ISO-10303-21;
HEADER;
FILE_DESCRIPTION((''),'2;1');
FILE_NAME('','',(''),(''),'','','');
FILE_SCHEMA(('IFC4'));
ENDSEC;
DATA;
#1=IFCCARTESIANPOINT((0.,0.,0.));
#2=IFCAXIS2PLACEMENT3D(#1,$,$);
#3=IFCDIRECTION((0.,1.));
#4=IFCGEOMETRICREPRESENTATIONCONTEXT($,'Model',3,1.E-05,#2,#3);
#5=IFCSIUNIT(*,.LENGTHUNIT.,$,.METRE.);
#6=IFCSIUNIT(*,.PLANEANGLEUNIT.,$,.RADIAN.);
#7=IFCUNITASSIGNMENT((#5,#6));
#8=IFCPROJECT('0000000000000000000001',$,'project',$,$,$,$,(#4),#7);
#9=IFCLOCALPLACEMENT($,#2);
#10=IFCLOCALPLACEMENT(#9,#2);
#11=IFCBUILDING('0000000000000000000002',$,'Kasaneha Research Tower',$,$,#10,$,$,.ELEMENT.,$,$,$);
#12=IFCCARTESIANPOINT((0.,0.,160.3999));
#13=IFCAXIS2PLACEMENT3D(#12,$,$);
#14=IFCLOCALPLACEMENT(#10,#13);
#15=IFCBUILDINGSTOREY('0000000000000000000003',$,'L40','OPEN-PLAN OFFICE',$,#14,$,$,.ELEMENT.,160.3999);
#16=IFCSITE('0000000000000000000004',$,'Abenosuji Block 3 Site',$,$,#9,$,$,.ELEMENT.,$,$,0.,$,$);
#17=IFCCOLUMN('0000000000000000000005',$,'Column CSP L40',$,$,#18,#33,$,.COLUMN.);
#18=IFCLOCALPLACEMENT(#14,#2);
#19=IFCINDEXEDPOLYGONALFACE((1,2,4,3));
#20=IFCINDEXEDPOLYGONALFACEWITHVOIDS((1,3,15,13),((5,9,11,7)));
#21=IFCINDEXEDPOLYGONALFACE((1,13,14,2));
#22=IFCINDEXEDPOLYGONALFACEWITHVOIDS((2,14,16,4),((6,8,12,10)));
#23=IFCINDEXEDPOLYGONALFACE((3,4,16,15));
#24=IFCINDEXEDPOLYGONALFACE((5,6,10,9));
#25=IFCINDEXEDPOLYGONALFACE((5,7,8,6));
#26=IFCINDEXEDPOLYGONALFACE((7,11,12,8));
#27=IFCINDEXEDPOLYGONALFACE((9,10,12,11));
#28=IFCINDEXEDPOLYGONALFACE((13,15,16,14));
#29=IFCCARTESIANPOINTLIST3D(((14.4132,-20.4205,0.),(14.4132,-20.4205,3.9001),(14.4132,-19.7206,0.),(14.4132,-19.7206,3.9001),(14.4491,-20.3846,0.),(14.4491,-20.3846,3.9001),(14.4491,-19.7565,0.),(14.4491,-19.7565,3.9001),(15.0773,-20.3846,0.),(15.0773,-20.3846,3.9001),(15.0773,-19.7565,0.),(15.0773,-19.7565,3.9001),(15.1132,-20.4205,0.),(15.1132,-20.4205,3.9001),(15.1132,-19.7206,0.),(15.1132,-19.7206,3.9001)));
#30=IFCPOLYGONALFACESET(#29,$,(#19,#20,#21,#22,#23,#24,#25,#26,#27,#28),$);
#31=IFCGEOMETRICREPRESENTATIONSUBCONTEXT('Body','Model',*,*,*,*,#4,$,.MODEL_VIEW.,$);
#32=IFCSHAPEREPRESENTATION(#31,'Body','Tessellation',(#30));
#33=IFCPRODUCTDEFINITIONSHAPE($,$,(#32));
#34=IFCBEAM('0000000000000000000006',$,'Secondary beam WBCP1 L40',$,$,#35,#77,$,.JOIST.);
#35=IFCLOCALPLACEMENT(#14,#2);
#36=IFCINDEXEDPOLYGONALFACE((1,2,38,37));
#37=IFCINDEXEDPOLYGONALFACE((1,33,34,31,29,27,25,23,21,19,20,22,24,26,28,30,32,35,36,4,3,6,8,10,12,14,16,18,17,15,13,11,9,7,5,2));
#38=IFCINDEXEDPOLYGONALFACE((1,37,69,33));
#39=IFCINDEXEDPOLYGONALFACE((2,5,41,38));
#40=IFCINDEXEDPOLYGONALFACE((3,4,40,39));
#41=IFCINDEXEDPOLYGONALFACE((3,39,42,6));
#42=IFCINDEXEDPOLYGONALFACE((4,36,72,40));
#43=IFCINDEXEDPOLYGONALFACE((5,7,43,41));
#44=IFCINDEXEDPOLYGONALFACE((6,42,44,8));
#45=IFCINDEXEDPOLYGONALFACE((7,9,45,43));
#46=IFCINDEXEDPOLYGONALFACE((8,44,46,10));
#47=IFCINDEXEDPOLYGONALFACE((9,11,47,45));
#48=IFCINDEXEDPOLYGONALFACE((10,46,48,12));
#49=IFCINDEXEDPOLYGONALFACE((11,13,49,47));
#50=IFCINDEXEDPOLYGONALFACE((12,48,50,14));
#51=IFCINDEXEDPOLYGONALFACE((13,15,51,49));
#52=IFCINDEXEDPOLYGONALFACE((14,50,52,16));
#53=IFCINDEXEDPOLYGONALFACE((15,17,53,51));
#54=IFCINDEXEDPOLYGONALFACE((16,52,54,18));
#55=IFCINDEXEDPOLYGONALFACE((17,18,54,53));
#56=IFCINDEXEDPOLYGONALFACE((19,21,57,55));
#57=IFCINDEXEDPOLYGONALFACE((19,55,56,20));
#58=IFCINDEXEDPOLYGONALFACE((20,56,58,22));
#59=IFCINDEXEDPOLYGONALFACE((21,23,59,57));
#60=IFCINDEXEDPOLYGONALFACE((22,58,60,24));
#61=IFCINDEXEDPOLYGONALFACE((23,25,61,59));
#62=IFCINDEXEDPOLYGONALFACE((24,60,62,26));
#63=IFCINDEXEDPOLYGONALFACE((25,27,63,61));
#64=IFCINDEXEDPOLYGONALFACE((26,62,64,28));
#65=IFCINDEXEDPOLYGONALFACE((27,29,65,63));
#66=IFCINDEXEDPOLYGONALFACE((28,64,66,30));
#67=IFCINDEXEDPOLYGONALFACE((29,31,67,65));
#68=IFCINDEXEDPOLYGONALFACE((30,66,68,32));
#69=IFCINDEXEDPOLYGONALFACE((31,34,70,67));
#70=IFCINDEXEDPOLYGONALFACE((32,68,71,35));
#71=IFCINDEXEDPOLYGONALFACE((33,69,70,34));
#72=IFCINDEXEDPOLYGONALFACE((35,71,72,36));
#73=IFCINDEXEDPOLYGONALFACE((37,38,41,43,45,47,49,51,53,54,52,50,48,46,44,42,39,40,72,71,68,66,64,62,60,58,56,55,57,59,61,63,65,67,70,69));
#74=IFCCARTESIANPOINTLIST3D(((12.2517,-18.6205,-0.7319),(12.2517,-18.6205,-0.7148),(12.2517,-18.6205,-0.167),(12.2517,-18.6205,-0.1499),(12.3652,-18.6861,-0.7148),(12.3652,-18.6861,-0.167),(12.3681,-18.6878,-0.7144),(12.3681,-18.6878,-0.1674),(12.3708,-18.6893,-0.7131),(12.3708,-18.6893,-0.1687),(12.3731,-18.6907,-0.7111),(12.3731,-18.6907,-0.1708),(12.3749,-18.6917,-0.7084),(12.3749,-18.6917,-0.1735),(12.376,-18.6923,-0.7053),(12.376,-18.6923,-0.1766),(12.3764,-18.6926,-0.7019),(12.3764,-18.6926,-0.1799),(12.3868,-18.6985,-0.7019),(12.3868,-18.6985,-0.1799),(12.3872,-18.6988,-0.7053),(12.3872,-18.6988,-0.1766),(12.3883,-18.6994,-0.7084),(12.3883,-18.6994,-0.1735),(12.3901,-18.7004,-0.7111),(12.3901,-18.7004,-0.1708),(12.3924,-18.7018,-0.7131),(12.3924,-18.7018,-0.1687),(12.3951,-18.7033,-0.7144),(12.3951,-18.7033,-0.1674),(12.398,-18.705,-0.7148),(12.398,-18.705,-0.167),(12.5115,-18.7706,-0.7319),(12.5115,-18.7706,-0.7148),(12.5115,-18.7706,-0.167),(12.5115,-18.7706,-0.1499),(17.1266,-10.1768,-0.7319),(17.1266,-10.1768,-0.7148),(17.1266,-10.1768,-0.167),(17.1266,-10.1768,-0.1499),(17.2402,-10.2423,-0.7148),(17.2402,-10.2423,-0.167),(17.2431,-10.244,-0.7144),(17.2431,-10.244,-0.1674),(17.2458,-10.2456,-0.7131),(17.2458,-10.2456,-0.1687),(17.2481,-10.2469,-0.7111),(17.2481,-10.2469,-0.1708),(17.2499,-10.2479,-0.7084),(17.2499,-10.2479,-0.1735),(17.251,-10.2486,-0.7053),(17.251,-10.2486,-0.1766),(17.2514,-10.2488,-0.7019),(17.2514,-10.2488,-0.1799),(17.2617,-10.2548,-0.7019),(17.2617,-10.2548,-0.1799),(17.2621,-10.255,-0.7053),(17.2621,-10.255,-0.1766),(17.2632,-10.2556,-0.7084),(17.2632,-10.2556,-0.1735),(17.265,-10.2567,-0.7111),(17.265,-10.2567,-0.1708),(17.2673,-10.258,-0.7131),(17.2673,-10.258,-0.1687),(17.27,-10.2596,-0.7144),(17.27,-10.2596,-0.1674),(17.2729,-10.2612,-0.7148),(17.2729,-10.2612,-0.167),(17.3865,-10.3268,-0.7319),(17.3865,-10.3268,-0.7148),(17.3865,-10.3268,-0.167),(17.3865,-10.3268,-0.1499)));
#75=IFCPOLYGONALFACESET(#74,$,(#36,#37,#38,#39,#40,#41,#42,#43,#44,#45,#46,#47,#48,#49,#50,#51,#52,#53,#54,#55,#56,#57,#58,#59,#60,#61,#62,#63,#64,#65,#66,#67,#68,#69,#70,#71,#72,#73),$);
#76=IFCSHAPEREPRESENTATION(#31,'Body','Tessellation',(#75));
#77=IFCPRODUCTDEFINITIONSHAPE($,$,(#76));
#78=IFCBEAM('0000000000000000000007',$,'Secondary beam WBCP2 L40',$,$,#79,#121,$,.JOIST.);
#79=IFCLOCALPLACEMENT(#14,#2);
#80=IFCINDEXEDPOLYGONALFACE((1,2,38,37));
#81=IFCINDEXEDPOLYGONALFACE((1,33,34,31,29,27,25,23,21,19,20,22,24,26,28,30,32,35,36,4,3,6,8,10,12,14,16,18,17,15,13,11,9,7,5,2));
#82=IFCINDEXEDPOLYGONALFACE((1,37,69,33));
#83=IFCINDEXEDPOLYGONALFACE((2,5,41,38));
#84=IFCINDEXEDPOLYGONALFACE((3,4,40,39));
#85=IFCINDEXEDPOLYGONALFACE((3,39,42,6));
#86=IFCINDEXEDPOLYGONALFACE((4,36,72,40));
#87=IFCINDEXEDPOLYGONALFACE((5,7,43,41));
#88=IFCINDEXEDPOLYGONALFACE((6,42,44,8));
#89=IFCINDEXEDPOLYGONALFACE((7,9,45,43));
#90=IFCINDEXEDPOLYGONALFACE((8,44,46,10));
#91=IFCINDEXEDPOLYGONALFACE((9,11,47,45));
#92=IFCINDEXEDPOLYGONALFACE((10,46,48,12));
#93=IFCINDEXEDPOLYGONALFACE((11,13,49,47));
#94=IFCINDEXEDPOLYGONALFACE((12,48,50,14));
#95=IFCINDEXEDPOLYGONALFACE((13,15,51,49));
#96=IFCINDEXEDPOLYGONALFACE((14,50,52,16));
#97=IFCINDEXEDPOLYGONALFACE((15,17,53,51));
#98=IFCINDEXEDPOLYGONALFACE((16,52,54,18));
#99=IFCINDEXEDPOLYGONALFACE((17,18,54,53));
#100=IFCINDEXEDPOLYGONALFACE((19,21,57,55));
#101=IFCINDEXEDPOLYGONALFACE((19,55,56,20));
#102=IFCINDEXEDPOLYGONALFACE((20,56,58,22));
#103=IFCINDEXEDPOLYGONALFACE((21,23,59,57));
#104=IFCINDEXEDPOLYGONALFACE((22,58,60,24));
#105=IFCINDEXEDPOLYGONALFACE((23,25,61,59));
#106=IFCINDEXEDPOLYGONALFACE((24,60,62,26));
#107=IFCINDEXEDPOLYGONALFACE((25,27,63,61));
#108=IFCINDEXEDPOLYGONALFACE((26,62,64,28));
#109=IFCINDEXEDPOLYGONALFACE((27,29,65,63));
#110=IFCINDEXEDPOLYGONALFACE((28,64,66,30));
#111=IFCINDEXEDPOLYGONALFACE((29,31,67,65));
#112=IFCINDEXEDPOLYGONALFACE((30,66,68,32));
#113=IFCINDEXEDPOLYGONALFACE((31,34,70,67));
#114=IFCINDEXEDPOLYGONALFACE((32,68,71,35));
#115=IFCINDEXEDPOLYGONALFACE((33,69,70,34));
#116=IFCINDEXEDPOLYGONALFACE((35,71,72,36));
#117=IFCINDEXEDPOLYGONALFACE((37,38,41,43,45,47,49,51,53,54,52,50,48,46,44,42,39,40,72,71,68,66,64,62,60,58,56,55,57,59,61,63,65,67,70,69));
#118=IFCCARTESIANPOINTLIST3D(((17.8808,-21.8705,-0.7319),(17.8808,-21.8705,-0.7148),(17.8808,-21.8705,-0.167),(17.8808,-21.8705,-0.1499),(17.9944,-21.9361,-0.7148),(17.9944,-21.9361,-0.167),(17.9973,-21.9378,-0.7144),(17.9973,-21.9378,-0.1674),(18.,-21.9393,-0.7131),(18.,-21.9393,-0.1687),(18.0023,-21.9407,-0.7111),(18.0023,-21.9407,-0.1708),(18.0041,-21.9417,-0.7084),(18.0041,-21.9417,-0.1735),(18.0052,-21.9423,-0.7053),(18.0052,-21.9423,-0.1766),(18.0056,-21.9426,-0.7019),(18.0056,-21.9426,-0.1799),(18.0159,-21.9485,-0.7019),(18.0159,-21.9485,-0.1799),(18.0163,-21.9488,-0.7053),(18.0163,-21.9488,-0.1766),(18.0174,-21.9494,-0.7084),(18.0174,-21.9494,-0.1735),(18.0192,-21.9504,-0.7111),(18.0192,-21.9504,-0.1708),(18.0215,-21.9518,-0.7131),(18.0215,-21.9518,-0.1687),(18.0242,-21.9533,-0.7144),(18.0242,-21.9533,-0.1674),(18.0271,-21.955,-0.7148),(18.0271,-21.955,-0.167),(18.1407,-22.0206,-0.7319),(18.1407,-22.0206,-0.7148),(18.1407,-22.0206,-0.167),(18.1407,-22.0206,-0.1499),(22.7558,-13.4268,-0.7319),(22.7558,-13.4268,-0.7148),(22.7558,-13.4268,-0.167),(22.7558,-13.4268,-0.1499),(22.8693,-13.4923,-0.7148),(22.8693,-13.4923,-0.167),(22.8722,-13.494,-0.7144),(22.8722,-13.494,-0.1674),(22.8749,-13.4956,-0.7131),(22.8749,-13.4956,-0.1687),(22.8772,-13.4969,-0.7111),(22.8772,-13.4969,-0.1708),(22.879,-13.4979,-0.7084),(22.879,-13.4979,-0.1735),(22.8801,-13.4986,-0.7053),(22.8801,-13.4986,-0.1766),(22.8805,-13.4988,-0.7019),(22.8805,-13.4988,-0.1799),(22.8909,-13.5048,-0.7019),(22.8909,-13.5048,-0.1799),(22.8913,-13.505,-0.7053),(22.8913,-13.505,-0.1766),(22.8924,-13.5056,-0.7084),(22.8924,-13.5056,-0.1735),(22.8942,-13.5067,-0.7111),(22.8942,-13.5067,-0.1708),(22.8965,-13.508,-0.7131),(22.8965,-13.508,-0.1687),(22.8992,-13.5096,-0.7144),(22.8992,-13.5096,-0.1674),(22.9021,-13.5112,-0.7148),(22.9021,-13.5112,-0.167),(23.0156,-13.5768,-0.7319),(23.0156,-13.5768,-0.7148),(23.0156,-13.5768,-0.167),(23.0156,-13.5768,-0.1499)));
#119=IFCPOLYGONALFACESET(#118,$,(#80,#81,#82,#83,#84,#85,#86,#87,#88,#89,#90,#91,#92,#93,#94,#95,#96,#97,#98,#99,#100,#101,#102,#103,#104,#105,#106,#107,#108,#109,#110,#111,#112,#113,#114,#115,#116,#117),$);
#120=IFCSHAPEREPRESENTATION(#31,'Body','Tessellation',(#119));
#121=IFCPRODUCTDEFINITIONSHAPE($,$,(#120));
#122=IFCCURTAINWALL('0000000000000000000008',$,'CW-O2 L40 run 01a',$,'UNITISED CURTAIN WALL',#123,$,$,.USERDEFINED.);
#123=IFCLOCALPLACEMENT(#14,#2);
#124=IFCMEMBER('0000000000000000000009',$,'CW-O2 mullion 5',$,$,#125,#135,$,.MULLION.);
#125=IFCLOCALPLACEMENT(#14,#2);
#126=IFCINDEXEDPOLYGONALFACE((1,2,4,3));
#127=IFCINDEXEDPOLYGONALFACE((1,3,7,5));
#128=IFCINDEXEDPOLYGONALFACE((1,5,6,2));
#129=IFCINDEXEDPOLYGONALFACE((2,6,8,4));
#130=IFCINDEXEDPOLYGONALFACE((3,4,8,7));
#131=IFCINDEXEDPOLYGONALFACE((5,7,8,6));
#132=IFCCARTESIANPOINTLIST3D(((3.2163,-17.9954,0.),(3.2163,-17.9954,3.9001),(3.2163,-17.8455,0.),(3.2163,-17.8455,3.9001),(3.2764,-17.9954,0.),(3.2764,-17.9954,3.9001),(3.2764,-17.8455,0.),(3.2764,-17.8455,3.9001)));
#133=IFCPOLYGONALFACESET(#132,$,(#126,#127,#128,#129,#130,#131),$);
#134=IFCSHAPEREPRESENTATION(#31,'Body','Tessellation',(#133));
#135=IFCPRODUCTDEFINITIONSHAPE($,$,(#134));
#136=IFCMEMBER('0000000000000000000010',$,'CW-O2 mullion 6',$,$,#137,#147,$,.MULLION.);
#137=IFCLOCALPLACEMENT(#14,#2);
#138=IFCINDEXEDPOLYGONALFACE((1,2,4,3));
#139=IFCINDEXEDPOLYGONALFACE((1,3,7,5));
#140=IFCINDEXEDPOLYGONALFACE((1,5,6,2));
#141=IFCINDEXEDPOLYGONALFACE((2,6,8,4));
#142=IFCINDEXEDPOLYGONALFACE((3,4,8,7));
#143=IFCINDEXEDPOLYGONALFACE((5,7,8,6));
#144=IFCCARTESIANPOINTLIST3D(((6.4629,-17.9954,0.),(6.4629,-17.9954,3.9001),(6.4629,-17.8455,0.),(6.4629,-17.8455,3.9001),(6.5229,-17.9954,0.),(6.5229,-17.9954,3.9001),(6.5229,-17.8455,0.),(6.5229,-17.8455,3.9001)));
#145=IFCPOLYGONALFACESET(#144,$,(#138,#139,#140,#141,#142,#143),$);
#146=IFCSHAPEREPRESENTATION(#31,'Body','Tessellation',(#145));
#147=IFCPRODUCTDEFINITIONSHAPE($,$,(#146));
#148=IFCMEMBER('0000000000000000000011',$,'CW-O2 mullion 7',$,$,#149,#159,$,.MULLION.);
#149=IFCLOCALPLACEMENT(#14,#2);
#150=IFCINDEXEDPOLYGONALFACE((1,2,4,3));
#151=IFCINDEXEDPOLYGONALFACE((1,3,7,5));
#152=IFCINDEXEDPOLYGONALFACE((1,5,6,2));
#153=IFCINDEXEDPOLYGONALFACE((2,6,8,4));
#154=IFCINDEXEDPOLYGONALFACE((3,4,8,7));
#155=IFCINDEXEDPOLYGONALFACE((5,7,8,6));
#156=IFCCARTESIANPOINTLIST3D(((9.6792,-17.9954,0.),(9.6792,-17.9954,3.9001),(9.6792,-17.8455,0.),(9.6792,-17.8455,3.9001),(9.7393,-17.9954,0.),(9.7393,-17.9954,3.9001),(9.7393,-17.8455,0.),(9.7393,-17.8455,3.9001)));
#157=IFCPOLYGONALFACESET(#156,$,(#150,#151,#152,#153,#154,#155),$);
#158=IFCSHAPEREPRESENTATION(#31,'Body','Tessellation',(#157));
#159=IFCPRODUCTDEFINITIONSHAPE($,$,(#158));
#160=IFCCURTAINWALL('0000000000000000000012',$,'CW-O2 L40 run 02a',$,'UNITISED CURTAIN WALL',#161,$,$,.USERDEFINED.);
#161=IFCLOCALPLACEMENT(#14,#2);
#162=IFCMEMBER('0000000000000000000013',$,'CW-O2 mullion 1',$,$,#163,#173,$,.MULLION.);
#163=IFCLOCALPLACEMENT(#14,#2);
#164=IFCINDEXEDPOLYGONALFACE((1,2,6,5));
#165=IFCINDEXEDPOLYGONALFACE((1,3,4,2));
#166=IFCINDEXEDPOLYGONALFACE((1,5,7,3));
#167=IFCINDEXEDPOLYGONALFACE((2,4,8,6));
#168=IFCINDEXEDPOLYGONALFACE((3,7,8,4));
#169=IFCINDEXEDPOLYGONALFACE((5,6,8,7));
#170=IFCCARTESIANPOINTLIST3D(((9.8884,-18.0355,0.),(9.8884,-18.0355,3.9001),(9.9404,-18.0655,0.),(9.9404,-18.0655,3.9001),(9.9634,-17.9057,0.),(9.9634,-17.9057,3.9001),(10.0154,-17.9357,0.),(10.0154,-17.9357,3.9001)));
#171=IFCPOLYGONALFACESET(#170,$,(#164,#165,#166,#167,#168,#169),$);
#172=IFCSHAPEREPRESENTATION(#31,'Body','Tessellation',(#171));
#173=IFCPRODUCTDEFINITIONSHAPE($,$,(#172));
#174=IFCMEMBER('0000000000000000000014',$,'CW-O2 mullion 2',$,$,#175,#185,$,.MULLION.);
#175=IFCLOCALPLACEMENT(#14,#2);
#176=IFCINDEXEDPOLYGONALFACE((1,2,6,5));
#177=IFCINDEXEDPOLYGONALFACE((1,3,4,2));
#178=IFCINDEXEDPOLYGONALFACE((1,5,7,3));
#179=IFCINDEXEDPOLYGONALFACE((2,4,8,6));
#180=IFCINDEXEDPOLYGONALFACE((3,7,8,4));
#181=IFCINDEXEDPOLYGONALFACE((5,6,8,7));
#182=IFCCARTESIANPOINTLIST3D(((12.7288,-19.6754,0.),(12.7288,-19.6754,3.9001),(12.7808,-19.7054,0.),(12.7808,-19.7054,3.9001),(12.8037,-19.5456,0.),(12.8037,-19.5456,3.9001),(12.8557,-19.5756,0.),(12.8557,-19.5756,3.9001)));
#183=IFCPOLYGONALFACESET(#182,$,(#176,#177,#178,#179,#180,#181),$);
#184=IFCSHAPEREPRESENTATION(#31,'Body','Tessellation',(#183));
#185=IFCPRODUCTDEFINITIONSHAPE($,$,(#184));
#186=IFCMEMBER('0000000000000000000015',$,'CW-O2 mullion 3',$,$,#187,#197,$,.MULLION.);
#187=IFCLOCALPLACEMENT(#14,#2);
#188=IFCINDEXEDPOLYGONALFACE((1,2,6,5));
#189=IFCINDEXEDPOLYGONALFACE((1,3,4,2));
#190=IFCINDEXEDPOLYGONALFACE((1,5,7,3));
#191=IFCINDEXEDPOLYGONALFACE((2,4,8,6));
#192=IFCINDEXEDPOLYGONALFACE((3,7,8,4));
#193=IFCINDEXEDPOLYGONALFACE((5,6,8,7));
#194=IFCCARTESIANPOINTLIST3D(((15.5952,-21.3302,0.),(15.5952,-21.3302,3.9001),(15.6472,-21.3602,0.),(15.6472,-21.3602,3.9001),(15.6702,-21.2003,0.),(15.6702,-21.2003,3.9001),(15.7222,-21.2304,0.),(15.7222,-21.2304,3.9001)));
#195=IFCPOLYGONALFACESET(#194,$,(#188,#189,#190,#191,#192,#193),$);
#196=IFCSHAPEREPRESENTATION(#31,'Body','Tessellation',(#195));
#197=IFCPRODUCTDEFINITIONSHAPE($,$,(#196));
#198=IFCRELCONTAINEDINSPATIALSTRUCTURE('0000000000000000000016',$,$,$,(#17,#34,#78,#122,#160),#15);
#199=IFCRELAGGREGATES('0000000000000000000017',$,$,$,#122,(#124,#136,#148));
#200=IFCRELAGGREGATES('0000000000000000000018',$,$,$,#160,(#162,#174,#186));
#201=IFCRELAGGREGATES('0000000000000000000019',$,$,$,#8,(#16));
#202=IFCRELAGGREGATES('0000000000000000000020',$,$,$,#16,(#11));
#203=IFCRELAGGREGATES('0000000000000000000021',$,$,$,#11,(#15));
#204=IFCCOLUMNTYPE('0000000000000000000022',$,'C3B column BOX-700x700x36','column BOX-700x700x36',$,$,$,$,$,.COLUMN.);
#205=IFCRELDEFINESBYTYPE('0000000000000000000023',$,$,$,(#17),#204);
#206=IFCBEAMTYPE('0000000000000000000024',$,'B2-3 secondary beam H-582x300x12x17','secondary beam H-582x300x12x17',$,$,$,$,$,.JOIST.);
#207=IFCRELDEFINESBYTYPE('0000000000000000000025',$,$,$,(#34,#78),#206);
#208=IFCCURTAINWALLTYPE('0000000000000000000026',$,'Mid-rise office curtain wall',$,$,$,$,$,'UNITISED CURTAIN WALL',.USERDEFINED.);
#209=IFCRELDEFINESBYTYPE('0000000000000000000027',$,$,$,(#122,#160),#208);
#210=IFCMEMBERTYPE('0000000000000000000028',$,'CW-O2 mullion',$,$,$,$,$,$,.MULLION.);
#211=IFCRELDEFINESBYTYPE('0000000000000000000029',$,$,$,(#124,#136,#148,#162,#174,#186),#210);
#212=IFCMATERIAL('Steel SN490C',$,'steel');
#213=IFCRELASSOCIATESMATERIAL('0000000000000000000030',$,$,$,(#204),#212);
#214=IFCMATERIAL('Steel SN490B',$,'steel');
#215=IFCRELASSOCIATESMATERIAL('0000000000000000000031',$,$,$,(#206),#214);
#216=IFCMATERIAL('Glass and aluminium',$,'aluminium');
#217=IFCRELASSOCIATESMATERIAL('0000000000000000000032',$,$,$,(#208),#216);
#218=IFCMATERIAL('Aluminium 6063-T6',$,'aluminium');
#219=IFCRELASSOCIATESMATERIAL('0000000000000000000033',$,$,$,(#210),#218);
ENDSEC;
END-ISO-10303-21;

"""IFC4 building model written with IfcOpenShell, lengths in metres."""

from ifc_helpers import new_model, si_unit, direction, frame, origin, origin_2d, place, context, subcontext, project, spatial, rectangle, hollow_rectangle, i_section, extrude, material, material_profile, profile_set, type_object, element, aggregate, save


model = new_model("IFC4")

# Units and contexts
model_context = context("Model", 3, precision=1e-05, world=origin(), true_north=direction((0.0, 1.0)))
body_context = subcontext(model_context, "Body", "Model", "MODEL_VIEW")
ifc_project = project(units=[si_unit("LENGTHUNIT", "METRE"), si_unit("PLANEANGLEUNIT", "RADIAN")], contexts=[model_context])

# Site, building, storey
site_placement = place(None, origin())
site = spatial("IfcSite", under=ifc_project, at=site_placement, Name="Abenosuji Block 3 Site", CompositionType="ELEMENT", RefElevation=0.0)
building_placement = place(site_placement, origin())
building = spatial("IfcBuilding", under=site, at=building_placement, Name="Kasaneha Research Tower", CompositionType="ELEMENT")
storey_placement = place(building_placement, frame((0.0, 0.0, 160.3999)))
storey = spatial("IfcBuildingStorey", under=building, at=storey_placement, Name="L40", Description="OPEN-PLAN OFFICE", CompositionType="ELEMENT", Elevation=160.3999)

# Column
ifc_material_1 = material(Name="Steel SN490C", Category="steel")
ifc_material_profile_1 = material_profile(ifc_material_1, hollow_rectangle(XDim=0.7, YDim=0.7, WallThickness=0.0359, at=origin_2d()), Name="BOX-700x700x36")
ifc_profile_set_1 = profile_set([ifc_material_profile_1], Name="Steel SN490C")
column_type = type_object("IfcColumnType", Name="C3B column BOX-700x700x36", Description="column BOX-700x700x36", PredefinedType="COLUMN", material=ifc_profile_set_1)
column_placement = place(storey_placement, frame((14.7632, -20.0706, 0.0), z_axis=(0.0, 0.0, 1.0), x_axis=(1.0, 0.0, 0.0)))
element("IfcColumn", 1, at=column_placement, inside=storey, type_object=column_type, Name="Column CSP L40", PredefinedType="COLUMN", context=body_context, shape_type="SweptSolid", body=[
    extrude(hollow_rectangle(XDim=0.7, YDim=0.7, WallThickness=0.0359, at=origin_2d()), origin(), (0.0, 0.0, 1.0), 3.9001),
])

# Beams
ifc_material_2 = material(Name="Steel SN490B", Category="steel")
ifc_material_profile_2 = material_profile(ifc_material_2, i_section(OverallWidth=0.3, OverallDepth=0.582, WebThickness=0.012, FlangeThickness=0.0171, FilletRadius=0.0129, at=origin_2d()), Name="H-582x300x12x17")
ifc_profile_set_2 = profile_set([ifc_material_profile_2], Name="Steel SN490B")
beam_type_1 = type_object("IfcBeamType", Name="B2-3 secondary beam H-582x300x12x17", Description="secondary beam H-582x300x12x17", PredefinedType="JOIST", material=ifc_profile_set_2)
for number, where, z_axis, x_axis, name in (
    (2, (12.3816, -18.6956, -0.4409), (0.499996, 0.866028, 0.0), (-0.866028, 0.499996, 0.0), "Secondary beam WBCP1 L40"),
    (3, (18.0107, -21.9456, -0.4409), (0.499996, 0.866028, 0.0), (-0.866028, 0.499996, 0.0), "Secondary beam WBCP2 L40"),
):
    element("IfcBeam", number, at=place(storey_placement, frame(where, z_axis=z_axis, x_axis=x_axis)), inside=storey, type_object=beam_type_1, Name=name, PredefinedType="JOIST", context=body_context, shape_type="SweptSolid", body=[
        extrude(i_section(OverallWidth=0.3, OverallDepth=0.582, WebThickness=0.012, FlangeThickness=0.0171, FilletRadius=0.0129, at=origin_2d()), origin(), (0.0, 0.0, 1.0), 9.75),
    ])

# Curtain walls, members
ifc_material_3 = material(Name="Glass and aluminium", Category="aluminium")
curtain_wall_type = type_object("IfcCurtainWallType", Name="Mid-rise office curtain wall", ElementType="UNITISED CURTAIN WALL", PredefinedType="USERDEFINED", material=ifc_material_3)
curtain_wall_1_placement = place(storey_placement, origin())
curtain_wall_1 = element("IfcCurtainWall", 4, at=curtain_wall_1_placement, inside=storey, type_object=curtain_wall_type, Name="CW-O2 L40 run 01a", ObjectType="UNITISED CURTAIN WALL", PredefinedType="USERDEFINED")
ifc_material_4 = material(Name="Aluminium 6063-T6", Category="aluminium")
ifc_material_profile_3 = material_profile(ifc_material_4, rectangle(XDim=0.0601, YDim=0.1499, at=origin_2d()), Name="CW-O2 mullion 60x150")
ifc_profile_set_3 = profile_set([ifc_material_profile_3], Name="Aluminium 6063-T6")
member_type_1 = type_object("IfcMemberType", Name="CW-O2 mullion", PredefinedType="MULLION", material=ifc_profile_set_3)
member_1_placement = place(storey_placement, frame((3.2463, -17.9204, 0.0), z_axis=(0.0, 0.0, 1.0), x_axis=(1.0, 0.0, 0.0)))
member_1 = element("IfcMember", 5, at=member_1_placement, type_object=member_type_1, Name="CW-O2 mullion 5", PredefinedType="MULLION", context=body_context, shape_type="SweptSolid", body=[
    extrude(rectangle(XDim=0.0601, YDim=0.1499, at=origin_2d()), origin(), (0.0, 0.0, 1.0), 3.9001),
])
member_2_placement = place(storey_placement, frame((6.4929, -17.9204, 0.0), z_axis=(0.0, 0.0, 1.0), x_axis=(1.0, 0.0, 0.0)))
member_2 = element("IfcMember", 6, at=member_2_placement, type_object=member_type_1, Name="CW-O2 mullion 6", PredefinedType="MULLION", context=body_context, shape_type="SweptSolid", body=[
    extrude(rectangle(XDim=0.0601, YDim=0.1499, at=origin_2d()), origin(), (0.0, 0.0, 1.0), 3.9001),
])
member_3_placement = place(storey_placement, frame((9.7092, -17.9204, 0.0), z_axis=(0.0, 0.0, 1.0), x_axis=(1.0, 0.0, 0.0)))
member_3 = element("IfcMember", 7, at=member_3_placement, type_object=member_type_1, Name="CW-O2 mullion 7", PredefinedType="MULLION", context=body_context, shape_type="SweptSolid", body=[
    extrude(rectangle(XDim=0.0601, YDim=0.1499, at=origin_2d()), origin(), (0.0, 0.0, 1.0), 3.9001),
])
curtain_wall_2_placement = place(storey_placement, origin())
curtain_wall_2 = element("IfcCurtainWall", 8, at=curtain_wall_2_placement, inside=storey, type_object=curtain_wall_type, Name="CW-O2 L40 run 02a", ObjectType="UNITISED CURTAIN WALL", PredefinedType="USERDEFINED")
member_4_placement = place(storey_placement, frame((9.9519, -17.9856, 0.0), z_axis=(0.0, 0.0, 1.0), x_axis=(0.866025, -0.5, 0.0)))
member_4 = element("IfcMember", 9, at=member_4_placement, type_object=member_type_1, Name="CW-O2 mullion 1", PredefinedType="MULLION", context=body_context, shape_type="SweptSolid", body=[
    extrude(rectangle(XDim=0.0601, YDim=0.1499, at=origin_2d()), origin(), (0.0, 0.0, 1.0), 3.9001),
])
member_5_placement = place(storey_placement, frame((12.7922, -19.6255, 0.0), z_axis=(0.0, 0.0, 1.0), x_axis=(0.866025, -0.5, 0.0)))
member_5 = element("IfcMember", 10, at=member_5_placement, type_object=member_type_1, Name="CW-O2 mullion 2", PredefinedType="MULLION", context=body_context, shape_type="SweptSolid", body=[
    extrude(rectangle(XDim=0.0601, YDim=0.1499, at=origin_2d()), origin(), (0.0, 0.0, 1.0), 3.9001),
])
member_6_placement = place(storey_placement, frame((15.6587, -21.2803, 0.0), z_axis=(0.0, 0.0, 1.0), x_axis=(0.866025, -0.5, 0.0)))
member_6 = element("IfcMember", 11, at=member_6_placement, type_object=member_type_1, Name="CW-O2 mullion 3", PredefinedType="MULLION", context=body_context, shape_type="SweptSolid", body=[
    extrude(rectangle(XDim=0.0601, YDim=0.1499, at=origin_2d()), origin(), (0.0, 0.0, 1.0), 3.9001),
])

aggregate(curtain_wall_1, [member_1, member_2, member_3])
aggregate(curtain_wall_2, [member_4, member_5, member_6])

save(model, "model.ifc")
